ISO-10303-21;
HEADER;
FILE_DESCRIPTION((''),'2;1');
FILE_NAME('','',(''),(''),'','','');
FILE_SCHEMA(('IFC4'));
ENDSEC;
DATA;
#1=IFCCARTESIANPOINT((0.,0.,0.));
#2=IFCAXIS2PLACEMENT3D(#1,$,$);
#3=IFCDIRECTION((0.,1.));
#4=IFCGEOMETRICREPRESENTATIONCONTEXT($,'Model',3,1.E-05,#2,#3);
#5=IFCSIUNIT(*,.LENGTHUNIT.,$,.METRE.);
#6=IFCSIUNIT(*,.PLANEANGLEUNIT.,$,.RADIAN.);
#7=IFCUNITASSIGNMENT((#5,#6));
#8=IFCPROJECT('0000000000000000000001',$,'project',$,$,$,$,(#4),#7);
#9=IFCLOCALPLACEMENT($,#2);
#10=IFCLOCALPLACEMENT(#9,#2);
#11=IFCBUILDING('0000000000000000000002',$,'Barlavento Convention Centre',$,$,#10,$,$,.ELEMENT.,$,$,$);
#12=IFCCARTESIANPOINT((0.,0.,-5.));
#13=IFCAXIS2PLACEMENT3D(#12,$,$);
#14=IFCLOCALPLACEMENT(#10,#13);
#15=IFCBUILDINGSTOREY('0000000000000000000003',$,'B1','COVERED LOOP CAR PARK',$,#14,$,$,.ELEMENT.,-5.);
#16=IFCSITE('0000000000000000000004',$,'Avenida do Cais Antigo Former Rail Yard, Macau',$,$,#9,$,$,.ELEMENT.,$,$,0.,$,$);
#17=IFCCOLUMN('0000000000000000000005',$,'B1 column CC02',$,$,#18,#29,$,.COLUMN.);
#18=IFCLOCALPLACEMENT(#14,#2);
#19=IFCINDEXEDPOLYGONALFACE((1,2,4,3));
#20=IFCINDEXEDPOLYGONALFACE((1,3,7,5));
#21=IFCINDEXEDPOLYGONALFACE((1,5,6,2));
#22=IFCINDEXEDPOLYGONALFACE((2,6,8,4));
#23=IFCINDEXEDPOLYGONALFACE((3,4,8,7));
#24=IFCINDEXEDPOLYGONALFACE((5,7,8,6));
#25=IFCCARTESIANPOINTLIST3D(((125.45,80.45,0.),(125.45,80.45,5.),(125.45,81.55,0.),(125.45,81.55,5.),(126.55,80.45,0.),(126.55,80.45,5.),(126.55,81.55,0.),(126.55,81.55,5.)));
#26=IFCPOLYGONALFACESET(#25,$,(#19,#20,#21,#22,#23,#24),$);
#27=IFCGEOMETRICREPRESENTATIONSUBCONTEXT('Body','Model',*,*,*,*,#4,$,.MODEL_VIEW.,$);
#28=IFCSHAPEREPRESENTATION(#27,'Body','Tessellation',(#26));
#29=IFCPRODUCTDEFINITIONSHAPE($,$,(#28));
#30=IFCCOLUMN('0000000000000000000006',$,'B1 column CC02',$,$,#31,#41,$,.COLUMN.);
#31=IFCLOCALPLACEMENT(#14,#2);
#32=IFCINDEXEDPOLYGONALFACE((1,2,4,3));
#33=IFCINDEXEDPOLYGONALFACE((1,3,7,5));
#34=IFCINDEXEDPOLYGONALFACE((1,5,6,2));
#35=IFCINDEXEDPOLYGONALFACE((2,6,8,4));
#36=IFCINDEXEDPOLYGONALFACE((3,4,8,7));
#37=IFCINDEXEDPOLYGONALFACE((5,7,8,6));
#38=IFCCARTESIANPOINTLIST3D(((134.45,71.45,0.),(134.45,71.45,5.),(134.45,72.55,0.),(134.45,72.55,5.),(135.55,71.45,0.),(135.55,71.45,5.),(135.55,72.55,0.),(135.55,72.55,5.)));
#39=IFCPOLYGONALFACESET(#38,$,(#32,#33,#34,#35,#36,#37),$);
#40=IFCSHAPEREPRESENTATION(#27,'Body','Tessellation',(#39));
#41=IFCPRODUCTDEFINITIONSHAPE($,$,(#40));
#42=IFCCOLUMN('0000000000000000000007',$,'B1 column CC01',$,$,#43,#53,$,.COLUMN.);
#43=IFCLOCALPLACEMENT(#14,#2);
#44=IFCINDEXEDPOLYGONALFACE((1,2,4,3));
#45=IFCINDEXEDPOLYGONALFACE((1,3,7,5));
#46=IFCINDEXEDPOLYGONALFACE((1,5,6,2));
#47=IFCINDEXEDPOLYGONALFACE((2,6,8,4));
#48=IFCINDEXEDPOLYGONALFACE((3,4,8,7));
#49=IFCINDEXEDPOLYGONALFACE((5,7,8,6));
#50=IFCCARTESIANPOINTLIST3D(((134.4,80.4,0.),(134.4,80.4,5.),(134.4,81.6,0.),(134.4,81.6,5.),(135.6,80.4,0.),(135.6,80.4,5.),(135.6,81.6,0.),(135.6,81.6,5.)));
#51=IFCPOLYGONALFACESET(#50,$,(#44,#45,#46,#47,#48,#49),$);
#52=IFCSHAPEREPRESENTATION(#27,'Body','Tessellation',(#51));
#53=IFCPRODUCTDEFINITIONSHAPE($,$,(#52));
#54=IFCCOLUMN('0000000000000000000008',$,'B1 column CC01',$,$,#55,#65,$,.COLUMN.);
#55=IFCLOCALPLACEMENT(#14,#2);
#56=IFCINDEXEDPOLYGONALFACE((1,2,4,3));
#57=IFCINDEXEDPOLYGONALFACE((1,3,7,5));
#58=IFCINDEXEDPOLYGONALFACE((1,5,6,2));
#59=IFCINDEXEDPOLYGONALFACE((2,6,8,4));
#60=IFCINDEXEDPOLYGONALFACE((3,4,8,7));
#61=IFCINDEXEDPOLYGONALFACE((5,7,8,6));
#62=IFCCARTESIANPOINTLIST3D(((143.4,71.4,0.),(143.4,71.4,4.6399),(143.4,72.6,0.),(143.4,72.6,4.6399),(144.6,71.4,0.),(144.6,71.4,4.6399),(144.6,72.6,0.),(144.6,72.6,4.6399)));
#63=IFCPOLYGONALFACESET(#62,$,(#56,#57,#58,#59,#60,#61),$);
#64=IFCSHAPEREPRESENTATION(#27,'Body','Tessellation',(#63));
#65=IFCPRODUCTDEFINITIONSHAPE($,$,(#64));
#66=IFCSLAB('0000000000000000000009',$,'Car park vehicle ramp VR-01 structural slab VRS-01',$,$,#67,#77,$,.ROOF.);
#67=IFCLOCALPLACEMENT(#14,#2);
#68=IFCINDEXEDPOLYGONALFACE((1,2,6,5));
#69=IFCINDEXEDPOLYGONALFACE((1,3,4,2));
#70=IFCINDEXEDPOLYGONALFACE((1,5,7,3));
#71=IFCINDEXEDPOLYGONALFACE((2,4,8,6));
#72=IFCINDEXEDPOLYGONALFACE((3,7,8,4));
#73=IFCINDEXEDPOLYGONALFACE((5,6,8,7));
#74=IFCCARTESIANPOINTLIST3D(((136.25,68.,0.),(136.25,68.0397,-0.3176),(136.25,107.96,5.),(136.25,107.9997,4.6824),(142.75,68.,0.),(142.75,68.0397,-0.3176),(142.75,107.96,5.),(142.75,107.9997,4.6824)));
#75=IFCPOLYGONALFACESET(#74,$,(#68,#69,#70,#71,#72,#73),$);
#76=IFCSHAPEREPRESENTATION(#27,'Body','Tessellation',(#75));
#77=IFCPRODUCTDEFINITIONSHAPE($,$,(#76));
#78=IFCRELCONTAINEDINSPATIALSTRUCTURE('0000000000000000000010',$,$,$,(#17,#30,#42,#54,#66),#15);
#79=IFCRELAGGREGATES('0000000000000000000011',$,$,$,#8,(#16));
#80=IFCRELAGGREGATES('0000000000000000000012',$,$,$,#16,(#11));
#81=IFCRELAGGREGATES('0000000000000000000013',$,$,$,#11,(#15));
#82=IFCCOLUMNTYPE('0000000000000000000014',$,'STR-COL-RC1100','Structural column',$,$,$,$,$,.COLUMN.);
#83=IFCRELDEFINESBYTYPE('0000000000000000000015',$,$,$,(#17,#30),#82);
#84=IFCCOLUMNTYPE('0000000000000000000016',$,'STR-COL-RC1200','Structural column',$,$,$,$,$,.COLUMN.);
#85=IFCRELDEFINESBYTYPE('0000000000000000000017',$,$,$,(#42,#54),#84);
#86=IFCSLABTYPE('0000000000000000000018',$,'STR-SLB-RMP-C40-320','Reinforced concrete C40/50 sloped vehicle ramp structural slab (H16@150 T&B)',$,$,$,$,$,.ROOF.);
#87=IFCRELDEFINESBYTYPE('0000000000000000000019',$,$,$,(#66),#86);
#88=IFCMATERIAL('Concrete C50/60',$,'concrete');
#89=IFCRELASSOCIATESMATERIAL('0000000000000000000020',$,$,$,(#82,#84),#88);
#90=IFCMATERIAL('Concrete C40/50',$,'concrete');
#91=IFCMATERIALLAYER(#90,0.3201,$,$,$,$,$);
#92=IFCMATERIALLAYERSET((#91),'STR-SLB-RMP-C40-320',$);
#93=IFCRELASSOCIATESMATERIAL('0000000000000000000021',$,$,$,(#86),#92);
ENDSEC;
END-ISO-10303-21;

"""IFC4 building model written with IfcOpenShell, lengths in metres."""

from ifc_helpers import new_model, si_unit, direction, frame, origin, origin_2d, place, context, subcontext, project, spatial, polyline, rectangle, outline, extrude, material, layer, layer_set, material_profile, profile_set, type_object, element, save


model = new_model("IFC4")

# Units and contexts
model_context = context("Model", 3, precision=1e-05, world=origin(), true_north=direction((0.0, 1.0)))
body_context = subcontext(model_context, "Body", "Model", "MODEL_VIEW")
ifc_project = project(units=[si_unit("LENGTHUNIT", "METRE"), si_unit("PLANEANGLEUNIT", "RADIAN")], contexts=[model_context])

# Site, building, storey
site_placement = place(None, origin())
site = spatial("IfcSite", under=ifc_project, at=site_placement, Name="Avenida do Cais Antigo Former Rail Yard, Macau", CompositionType="ELEMENT", RefElevation=0.0)
building_placement = place(site_placement, origin())
building = spatial("IfcBuilding", under=site, at=building_placement, Name="Barlavento Convention Centre", CompositionType="ELEMENT")
storey_placement = place(building_placement, frame((0.0, 0.0, -5.0)))
storey = spatial("IfcBuildingStorey", under=building, at=storey_placement, Name="B1", Description="COVERED LOOP CAR PARK", CompositionType="ELEMENT", Elevation=-5.0)

# Shared definitions
ifc_material_1 = material(Name="Concrete C40/50", Category="concrete")

# Columns
ifc_material_2 = material(Name="Concrete C50/60", Category="concrete")
ifc_material_profile_1 = material_profile(ifc_material_2, rectangle(XDim=1.1001, YDim=1.1001, at=origin_2d()), Name="RC 1100x1100")
ifc_profile_set_1 = profile_set([ifc_material_profile_1], Name="Concrete C50/60")
column_type_1 = type_object("IfcColumnType", Name="STR-COL-RC1100", Description="Structural column", PredefinedType="COLUMN", material=ifc_profile_set_1)
for number, where, z_axis, x_axis, name in (
    (1, (126.0, 81.0, 0.0), (0.0, 0.0, 1.0), (1.0, 0.0, 0.0), "B1 column CC02"),
    (2, (135.0, 72.0, 0.0), (0.0, 0.0, 1.0), (1.0, 0.0, 0.0), "B1 column CC02"),
):
    element("IfcColumn", number, at=place(storey_placement, frame(where, z_axis=z_axis, x_axis=x_axis)), inside=storey, type_object=column_type_1, Name=name, PredefinedType="COLUMN", context=body_context, shape_type="SweptSolid", body=[
        extrude(rectangle(XDim=1.1001, YDim=1.1001, at=origin_2d()), origin(), (0.0, 0.0, 1.0), 5.0),
    ])
ifc_material_profile_2 = material_profile(ifc_material_2, rectangle(XDim=1.2, YDim=1.2, at=origin_2d()), Name="RC 1200x1200")
ifc_profile_set_2 = profile_set([ifc_material_profile_2], Name="Concrete C50/60")
column_type_2 = type_object("IfcColumnType", Name="STR-COL-RC1200", Description="Structural column", PredefinedType="COLUMN", material=ifc_profile_set_2)
column_1_placement = place(storey_placement, frame((135.0, 81.0, 0.0), z_axis=(0.0, 0.0, 1.0), x_axis=(1.0, 0.0, 0.0)))
element("IfcColumn", 3, at=column_1_placement, inside=storey, type_object=column_type_2, Name="B1 column CC01", PredefinedType="COLUMN", context=body_context, shape_type="SweptSolid", body=[
    extrude(rectangle(XDim=1.2, YDim=1.2, at=origin_2d()), origin(), (0.0, 0.0, 1.0), 5.0),
])
column_2_placement = place(storey_placement, frame((144.0, 72.0, 0.0), z_axis=(0.0, 0.0, 1.0), x_axis=(1.0, 0.0, 0.0)))
element("IfcColumn", 4, at=column_2_placement, inside=storey, type_object=column_type_2, Name="B1 column CC01", PredefinedType="COLUMN", context=body_context, shape_type="SweptSolid", body=[
    extrude(rectangle(XDim=1.2, YDim=1.2, at=origin_2d()), origin(), (0.0, 0.0, 1.0), 4.6399),
])

# Slab
ifc_layer = layer(ifc_material_1, 0.3201)
ifc_layer_set = layer_set([ifc_layer], Name="STR-SLB-RMP-C40-320")
slab_type = type_object("IfcSlabType", Name="STR-SLB-RMP-C40-320", Description="Reinforced concrete C40/50 sloped vehicle ramp structural slab (H16@150 T&B)", PredefinedType="ROOF", material=ifc_layer_set)
slab_placement = place(storey_placement, frame((136.25, 68.0, 0.0), z_axis=(0.0, -0.124157, 0.992263), x_axis=(1.0, 0.0, 0.0)))
element("IfcSlab", 5, at=slab_placement, inside=storey, type_object=slab_type, Name="Car park vehicle ramp VR-01 structural slab VRS-01", PredefinedType="ROOF", context=body_context, shape_type="SweptSolid", body=[
    extrude(outline(polyline([(0.0, 0.0), (6.5, 0.0), (6.5, 40.2716), (0.0, 40.2716), (0.0, 0.0)])), origin(), (0.0, 0.0, -1.0), 0.3201),
])

save(model, "model.ifc")
